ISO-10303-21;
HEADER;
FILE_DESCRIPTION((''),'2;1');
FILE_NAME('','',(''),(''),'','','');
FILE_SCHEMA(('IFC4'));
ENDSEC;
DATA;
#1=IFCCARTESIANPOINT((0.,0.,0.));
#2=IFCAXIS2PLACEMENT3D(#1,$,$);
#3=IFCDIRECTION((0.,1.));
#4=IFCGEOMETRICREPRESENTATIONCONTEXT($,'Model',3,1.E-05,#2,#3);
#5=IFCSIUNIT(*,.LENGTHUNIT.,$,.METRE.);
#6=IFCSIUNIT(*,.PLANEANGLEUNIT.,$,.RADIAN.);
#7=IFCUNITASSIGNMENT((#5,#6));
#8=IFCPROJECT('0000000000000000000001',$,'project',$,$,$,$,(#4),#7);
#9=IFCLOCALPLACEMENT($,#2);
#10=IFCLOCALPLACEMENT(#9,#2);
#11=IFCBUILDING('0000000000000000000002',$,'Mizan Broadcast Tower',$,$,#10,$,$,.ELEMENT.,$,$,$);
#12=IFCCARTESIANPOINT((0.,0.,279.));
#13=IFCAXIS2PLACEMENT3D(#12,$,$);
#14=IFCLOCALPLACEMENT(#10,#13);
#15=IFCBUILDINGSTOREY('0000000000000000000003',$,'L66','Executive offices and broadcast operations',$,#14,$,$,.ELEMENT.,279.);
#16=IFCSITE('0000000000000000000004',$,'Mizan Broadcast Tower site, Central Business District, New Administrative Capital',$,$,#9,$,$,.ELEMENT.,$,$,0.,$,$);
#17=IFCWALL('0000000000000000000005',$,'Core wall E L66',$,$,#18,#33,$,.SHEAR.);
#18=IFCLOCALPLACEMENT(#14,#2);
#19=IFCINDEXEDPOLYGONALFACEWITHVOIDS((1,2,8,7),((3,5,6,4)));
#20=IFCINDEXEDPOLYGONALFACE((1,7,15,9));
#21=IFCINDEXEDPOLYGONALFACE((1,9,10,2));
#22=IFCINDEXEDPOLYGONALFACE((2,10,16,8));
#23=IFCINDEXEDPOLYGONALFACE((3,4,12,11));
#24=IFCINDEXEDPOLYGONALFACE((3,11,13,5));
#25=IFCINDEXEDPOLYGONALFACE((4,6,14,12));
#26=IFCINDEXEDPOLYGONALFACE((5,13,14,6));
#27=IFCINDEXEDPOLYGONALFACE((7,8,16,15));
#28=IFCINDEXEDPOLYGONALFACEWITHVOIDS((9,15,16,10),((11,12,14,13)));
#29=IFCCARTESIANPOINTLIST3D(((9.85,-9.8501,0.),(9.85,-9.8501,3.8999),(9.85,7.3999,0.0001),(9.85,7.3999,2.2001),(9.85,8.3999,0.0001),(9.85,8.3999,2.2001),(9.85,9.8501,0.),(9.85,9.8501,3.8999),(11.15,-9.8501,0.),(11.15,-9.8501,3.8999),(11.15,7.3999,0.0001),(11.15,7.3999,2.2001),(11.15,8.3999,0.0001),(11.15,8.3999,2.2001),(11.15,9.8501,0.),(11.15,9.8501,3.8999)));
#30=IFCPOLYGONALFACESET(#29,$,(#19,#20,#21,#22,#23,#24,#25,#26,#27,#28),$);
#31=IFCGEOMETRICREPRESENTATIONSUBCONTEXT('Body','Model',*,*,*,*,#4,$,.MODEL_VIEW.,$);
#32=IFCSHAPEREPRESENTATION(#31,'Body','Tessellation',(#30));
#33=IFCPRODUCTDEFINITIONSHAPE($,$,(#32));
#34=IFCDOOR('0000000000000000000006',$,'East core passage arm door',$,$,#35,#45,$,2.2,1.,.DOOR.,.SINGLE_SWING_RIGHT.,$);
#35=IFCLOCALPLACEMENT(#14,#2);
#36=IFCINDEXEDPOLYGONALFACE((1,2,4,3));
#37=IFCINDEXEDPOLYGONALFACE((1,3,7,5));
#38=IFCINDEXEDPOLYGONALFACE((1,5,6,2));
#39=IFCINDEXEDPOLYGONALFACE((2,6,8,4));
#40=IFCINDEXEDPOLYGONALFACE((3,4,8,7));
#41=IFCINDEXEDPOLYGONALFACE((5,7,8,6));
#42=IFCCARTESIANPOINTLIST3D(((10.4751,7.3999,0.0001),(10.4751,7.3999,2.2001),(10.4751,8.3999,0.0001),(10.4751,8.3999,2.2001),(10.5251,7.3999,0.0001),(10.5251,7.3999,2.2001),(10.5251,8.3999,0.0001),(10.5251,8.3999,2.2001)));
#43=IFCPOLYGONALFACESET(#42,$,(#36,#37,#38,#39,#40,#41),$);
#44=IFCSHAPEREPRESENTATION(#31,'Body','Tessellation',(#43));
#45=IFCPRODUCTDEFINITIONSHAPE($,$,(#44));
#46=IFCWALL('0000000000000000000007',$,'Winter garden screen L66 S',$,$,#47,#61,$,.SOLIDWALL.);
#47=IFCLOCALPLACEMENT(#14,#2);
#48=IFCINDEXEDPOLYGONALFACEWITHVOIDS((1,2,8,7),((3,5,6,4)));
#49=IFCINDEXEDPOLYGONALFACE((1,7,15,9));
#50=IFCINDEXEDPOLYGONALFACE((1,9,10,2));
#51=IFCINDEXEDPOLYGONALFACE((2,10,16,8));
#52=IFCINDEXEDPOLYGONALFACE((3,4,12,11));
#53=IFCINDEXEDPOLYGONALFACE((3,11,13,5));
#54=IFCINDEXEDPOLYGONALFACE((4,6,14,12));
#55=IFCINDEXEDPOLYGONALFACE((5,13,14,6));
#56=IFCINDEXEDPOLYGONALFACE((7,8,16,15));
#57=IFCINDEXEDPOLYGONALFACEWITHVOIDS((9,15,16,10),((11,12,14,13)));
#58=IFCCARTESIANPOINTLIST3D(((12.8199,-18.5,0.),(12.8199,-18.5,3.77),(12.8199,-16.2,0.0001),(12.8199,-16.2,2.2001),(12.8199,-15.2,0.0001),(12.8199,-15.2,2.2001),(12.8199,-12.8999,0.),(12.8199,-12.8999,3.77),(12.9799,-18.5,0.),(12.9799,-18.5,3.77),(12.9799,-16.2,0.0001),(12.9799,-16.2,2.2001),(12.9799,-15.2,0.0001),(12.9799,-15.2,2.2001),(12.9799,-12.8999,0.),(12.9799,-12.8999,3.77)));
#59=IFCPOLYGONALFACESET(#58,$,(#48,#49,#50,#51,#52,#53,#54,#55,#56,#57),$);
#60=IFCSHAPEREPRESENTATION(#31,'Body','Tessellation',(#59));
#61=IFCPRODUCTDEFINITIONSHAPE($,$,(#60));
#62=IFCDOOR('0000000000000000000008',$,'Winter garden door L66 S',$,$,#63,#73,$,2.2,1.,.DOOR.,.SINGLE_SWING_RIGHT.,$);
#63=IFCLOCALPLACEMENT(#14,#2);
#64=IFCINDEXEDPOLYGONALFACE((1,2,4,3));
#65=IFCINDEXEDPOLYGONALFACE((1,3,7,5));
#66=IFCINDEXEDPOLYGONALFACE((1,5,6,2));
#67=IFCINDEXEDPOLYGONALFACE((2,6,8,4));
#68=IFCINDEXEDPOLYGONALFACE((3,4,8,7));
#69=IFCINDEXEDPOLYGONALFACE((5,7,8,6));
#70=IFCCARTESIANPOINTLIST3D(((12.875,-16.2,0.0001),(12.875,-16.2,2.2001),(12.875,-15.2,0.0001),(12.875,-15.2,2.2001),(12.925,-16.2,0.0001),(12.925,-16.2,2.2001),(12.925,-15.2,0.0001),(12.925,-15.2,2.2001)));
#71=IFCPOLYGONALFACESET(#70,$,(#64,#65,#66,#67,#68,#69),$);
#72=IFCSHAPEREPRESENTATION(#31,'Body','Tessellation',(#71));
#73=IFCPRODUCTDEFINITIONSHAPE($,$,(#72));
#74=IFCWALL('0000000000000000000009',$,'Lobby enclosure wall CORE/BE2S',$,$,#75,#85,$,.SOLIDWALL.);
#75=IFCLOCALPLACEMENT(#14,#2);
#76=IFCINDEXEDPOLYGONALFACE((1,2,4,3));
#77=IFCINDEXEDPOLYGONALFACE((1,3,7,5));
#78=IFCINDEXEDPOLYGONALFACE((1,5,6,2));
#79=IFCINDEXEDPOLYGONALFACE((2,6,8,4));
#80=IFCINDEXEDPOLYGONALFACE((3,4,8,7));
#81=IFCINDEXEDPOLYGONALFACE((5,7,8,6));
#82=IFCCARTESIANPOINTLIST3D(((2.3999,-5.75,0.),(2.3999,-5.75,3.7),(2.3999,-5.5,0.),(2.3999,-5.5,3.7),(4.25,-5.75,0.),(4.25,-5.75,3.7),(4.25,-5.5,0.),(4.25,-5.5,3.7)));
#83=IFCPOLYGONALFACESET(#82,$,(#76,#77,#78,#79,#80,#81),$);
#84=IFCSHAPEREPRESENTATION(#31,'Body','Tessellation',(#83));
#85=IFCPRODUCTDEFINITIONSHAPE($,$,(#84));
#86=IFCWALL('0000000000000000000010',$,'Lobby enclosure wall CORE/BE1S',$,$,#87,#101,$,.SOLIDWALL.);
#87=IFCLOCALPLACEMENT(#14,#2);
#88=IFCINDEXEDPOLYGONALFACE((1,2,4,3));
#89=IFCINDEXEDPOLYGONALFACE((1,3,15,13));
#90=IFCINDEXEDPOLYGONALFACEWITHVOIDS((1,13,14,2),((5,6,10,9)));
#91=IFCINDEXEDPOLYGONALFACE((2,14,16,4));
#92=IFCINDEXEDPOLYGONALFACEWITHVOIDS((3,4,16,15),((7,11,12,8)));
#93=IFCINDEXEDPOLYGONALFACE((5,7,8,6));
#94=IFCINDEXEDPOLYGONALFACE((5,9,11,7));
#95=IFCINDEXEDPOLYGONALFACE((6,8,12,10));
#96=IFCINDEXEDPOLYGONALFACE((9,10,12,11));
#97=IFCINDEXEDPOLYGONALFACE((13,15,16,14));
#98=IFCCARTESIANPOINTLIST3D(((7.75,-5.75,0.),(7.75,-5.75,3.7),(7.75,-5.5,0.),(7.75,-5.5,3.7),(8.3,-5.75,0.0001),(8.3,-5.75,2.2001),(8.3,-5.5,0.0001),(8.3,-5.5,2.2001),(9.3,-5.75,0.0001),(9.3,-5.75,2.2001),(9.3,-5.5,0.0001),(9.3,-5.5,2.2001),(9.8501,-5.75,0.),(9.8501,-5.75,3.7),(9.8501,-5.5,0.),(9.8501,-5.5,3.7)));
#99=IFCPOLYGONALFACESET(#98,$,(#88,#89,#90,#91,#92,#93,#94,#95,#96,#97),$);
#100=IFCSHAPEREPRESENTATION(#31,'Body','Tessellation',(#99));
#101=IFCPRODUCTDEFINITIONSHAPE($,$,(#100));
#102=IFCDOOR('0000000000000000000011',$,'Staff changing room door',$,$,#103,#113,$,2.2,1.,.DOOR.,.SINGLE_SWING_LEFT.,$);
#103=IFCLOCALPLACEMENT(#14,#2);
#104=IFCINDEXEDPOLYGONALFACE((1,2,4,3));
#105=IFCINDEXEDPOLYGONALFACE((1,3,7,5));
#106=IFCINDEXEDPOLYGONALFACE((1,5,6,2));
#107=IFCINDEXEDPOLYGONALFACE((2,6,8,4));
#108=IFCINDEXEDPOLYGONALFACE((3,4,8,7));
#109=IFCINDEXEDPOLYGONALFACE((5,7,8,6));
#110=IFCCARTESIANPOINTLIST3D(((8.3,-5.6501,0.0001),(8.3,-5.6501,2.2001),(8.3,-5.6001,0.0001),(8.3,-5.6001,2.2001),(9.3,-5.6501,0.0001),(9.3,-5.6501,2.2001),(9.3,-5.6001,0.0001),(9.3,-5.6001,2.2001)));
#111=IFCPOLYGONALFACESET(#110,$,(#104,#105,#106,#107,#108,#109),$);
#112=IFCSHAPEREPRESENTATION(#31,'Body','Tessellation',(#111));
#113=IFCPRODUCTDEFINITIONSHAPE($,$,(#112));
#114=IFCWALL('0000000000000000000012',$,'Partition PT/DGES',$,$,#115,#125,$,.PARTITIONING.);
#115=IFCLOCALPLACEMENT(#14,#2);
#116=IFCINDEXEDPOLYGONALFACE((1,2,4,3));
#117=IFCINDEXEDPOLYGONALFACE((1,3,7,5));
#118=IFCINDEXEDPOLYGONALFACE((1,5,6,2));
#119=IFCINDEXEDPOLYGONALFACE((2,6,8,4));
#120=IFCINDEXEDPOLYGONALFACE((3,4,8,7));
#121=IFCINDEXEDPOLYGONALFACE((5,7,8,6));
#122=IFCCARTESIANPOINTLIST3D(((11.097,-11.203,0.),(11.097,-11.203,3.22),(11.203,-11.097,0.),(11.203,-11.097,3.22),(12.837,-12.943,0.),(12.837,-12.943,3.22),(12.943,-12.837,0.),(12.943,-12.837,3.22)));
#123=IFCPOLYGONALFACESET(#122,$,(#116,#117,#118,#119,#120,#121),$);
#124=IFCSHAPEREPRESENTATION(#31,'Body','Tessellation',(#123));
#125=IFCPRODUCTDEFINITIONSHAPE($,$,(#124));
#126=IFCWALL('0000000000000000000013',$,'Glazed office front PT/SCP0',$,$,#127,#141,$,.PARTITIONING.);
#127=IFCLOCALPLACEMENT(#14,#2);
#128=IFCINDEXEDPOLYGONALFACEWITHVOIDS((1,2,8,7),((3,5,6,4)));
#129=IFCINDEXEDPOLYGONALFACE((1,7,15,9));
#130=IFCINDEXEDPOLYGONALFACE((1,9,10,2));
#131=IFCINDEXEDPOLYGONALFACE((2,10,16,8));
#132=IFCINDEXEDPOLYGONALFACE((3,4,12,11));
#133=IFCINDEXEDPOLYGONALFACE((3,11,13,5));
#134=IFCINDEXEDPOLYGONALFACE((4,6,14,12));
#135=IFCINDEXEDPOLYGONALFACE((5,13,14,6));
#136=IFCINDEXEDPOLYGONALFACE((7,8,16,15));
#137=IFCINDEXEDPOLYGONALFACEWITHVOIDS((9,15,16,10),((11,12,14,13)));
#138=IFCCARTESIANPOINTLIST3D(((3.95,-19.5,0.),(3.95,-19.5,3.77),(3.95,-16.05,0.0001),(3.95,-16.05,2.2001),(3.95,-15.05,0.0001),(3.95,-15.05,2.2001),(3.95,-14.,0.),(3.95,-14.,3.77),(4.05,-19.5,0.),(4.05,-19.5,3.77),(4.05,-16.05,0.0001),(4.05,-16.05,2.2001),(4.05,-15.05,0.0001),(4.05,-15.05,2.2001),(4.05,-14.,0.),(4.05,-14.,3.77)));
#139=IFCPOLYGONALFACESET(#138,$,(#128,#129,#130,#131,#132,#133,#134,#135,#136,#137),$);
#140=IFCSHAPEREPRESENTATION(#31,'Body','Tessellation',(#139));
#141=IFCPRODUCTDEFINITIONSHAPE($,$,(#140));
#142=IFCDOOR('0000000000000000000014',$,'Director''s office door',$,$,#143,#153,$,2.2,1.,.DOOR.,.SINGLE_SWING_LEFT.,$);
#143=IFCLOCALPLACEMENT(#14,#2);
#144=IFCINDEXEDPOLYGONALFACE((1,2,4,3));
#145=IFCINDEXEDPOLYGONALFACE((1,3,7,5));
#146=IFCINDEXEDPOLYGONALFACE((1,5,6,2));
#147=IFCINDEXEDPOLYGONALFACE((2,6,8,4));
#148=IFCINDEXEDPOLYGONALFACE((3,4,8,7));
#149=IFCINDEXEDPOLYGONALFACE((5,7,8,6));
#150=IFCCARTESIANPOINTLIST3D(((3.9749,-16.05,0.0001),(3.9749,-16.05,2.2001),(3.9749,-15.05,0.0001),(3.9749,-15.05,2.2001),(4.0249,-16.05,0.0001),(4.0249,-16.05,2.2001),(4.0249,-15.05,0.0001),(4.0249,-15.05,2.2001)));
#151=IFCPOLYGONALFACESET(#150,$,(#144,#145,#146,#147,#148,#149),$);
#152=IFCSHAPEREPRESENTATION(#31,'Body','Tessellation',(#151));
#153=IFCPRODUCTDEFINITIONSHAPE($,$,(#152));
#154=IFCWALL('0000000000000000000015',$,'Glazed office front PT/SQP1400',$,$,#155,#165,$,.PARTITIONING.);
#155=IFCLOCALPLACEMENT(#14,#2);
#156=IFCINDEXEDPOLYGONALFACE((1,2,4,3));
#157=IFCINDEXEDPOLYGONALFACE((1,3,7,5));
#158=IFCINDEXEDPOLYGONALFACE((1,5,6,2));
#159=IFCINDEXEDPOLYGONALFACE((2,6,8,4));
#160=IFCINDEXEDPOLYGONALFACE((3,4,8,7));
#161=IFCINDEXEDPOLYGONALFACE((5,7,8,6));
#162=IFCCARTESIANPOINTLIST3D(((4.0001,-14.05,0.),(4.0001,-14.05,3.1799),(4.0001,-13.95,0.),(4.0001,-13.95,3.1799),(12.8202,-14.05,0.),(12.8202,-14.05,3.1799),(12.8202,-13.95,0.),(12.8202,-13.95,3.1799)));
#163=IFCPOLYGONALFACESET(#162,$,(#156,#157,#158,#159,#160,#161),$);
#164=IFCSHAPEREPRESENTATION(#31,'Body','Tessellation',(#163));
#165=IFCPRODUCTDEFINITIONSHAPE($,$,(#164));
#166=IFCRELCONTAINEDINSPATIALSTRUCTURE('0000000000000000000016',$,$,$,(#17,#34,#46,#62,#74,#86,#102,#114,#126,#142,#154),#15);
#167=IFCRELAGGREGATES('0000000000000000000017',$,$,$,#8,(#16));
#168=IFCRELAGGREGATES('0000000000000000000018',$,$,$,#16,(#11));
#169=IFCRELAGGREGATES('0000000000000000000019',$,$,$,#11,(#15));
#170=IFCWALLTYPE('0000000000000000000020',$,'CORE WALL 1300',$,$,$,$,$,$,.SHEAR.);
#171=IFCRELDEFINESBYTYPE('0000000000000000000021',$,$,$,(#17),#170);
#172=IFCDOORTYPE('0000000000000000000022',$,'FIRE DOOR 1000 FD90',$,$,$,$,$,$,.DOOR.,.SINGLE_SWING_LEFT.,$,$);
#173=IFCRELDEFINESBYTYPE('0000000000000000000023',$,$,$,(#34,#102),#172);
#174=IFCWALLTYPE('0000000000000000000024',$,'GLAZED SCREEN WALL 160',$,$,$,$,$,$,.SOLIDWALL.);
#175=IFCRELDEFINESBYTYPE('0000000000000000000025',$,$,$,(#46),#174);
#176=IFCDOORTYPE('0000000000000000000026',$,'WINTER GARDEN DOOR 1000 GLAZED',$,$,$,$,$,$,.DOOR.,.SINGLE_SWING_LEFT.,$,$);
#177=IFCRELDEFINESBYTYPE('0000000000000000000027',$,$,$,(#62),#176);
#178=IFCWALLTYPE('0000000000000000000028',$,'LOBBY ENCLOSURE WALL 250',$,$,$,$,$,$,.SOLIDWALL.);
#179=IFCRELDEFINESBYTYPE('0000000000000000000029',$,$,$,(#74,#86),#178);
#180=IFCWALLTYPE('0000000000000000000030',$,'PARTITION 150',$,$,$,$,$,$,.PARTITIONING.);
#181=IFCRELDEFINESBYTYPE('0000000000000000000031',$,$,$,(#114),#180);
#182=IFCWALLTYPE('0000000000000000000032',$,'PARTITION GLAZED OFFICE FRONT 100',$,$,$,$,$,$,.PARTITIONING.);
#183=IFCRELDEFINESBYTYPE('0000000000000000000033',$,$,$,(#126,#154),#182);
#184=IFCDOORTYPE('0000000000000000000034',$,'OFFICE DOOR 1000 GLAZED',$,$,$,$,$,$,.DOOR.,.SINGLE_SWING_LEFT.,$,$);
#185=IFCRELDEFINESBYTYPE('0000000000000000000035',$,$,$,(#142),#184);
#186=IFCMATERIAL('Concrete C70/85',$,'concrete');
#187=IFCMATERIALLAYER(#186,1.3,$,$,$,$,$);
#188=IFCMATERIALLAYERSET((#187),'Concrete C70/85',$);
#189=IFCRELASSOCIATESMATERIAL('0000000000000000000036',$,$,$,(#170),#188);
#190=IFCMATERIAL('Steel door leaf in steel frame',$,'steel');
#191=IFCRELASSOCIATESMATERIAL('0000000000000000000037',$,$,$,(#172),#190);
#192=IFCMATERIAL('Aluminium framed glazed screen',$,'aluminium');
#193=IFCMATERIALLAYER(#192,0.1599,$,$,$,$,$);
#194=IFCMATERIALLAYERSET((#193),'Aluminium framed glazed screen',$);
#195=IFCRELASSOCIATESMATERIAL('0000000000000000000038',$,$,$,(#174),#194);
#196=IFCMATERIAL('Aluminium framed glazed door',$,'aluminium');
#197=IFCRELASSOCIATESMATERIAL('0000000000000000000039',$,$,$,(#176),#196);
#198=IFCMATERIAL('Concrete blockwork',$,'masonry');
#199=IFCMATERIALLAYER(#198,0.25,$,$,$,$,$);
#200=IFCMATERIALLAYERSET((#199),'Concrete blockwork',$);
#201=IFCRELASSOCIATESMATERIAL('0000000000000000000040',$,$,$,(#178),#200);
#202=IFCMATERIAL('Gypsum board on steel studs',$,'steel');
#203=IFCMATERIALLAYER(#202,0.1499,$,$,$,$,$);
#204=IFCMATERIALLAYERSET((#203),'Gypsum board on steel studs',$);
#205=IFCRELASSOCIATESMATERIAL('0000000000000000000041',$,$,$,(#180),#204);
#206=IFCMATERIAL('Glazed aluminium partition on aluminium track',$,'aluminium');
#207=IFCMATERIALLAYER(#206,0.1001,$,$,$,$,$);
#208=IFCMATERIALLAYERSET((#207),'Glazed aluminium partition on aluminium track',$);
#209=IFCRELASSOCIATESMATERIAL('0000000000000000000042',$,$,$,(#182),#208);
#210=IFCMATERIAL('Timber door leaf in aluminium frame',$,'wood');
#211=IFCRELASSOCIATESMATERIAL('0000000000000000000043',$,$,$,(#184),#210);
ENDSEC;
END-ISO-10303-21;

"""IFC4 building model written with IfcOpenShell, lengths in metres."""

from ifc_helpers import new_model, si_unit, direction, frame, frame_2d, origin, place, context, subcontext, project, spatial, rectangle, extrude, material, layer, layer_set, type_object, element, fill, save


model = new_model("IFC4")

# Units and contexts
model_context = context("Model", 3, precision=1e-05, world=origin(), true_north=direction((0.0, 1.0)))
body_context = subcontext(model_context, "Body", "Model", "MODEL_VIEW")
ifc_project = project(units=[si_unit("LENGTHUNIT", "METRE"), si_unit("PLANEANGLEUNIT", "RADIAN")], contexts=[model_context])

# Site, building, storey
site_placement = place(None, origin())
site = spatial("IfcSite", under=ifc_project, at=site_placement, Name="Mizan Broadcast Tower site, Central Business District, New Administrative Capital", CompositionType="ELEMENT", RefElevation=0.0)
building_placement = place(site_placement, origin())
building = spatial("IfcBuilding", under=site, at=building_placement, Name="Mizan Broadcast Tower", CompositionType="ELEMENT")
storey_placement = place(building_placement, frame((0.0, 0.0, 279.0)))
storey = spatial("IfcBuildingStorey", under=building, at=storey_placement, Name="L66", Description="Executive offices and broadcast operations", CompositionType="ELEMENT", Elevation=279.0)

# Shared definitions
ifc_material_1 = material(Name="Concrete C70/85", Category="concrete")
ifc_layer_1 = layer(ifc_material_1, 1.3)
ifc_layer_set_1 = layer_set([ifc_layer_1], Name="Concrete C70/85")
wall_type_1 = type_object("IfcWallType", Name="CORE WALL 1300", PredefinedType="SHEAR", material=ifc_layer_set_1)

# Walls, openings, doors
wall_1_placement = place(storey_placement, frame((10.5, -9.8501, 0.0), z_axis=(0.0, 0.0, 1.0), x_axis=(0.0, 1.0, 0.0)))
wall_1 = element("IfcWall", 1, at=wall_1_placement, inside=storey, type_object=wall_type_1, Name="Core wall E L66", PredefinedType="SHEAR", context=body_context, shape_type="SweptSolid", body=[
    extrude(rectangle(XDim=19.7002, YDim=1.3, at=frame_2d((9.8501, 0.0))), origin(), (0.0, 0.0, 1.0), 3.8999),
])
opening_1_placement = place(wall_1_placement, frame((17.25, 0.0, 0.0)))
opening_1 = element("IfcOpeningElement", 2, at=opening_1_placement, cuts=wall_1, PredefinedType="OPENING", context=body_context, shape_type="SweptSolid", body=[
    extrude(rectangle(XDim=1.0, YDim=2.2, at=frame_2d((0.5, 1.1001))), frame((0.0, 0.6599, 0.0), z_axis=(0.0, -1.0, 0.0), x_axis=(1.0, 0.0, 0.0)), (0.0, 0.0, 1.0), 1.3201),
])
ifc_material_2 = material(Name="Steel door leaf in steel frame", Category="steel")
door_type_1 = type_object("IfcDoorType", Name="FIRE DOOR 1000 FD90", OperationType="SINGLE_SWING_LEFT", PredefinedType="DOOR", material=ifc_material_2)
door_1_placement = place(opening_1_placement, origin())
door_1 = element("IfcDoor", 3, at=door_1_placement, inside=storey, type_object=door_type_1, Name="East core passage arm door", OperationType="SINGLE_SWING_RIGHT", OverallHeight=2.2, OverallWidth=1.0, PredefinedType="DOOR", context=body_context, shape_type="SweptSolid", body=[
    extrude(rectangle(XDim=1.0, YDim=2.2, at=frame_2d((0.5, 1.1001))), frame((0.0, 0.0249, 0.0), z_axis=(0.0, -1.0, 0.0), x_axis=(1.0, 0.0, 0.0)), (0.0, 0.0, 1.0), 0.05),
])
fill(opening_1, door_1)
ifc_material_3 = material(Name="Aluminium framed glazed screen", Category="aluminium")
ifc_layer_2 = layer(ifc_material_3, 0.1599)
ifc_layer_set_2 = layer_set([ifc_layer_2], Name="Aluminium framed glazed screen")
wall_type_2 = type_object("IfcWallType", Name="GLAZED SCREEN WALL 160", PredefinedType="SOLIDWALL", material=ifc_layer_set_2)
wall_2_placement = place(storey_placement, frame((12.8999, -18.5, 0.0), z_axis=(0.0, 0.0, 1.0), x_axis=(0.0, 1.0, 0.0)))
wall_2 = element("IfcWall", 4, at=wall_2_placement, inside=storey, type_object=wall_type_2, Name="Winter garden screen L66 S", PredefinedType="SOLIDWALL", context=body_context, shape_type="SweptSolid", body=[
    extrude(rectangle(XDim=5.6001, YDim=0.1599, at=frame_2d((2.8, 0.0))), origin(), (0.0, 0.0, 1.0), 3.77),
])
opening_2_placement = place(wall_2_placement, frame((2.3, 0.0, 0.0)))
opening_2 = element("IfcOpeningElement", 5, at=opening_2_placement, cuts=wall_2, PredefinedType="OPENING", context=body_context, shape_type="SweptSolid", body=[
    extrude(rectangle(XDim=1.0, YDim=2.2, at=frame_2d((0.5, 1.1001))), frame((0.0, 0.0898, 0.0), z_axis=(0.0, -1.0, 0.0), x_axis=(1.0, 0.0, 0.0)), (0.0, 0.0, 1.0), 0.1799),
])
ifc_material_4 = material(Name="Aluminium framed glazed door", Category="aluminium")
door_type_2 = type_object("IfcDoorType", Name="WINTER GARDEN DOOR 1000 GLAZED", OperationType="SINGLE_SWING_LEFT", PredefinedType="DOOR", material=ifc_material_4)
door_2_placement = place(opening_2_placement, origin())
door_2 = element("IfcDoor", 6, at=door_2_placement, inside=storey, type_object=door_type_2, Name="Winter garden door L66 S", OperationType="SINGLE_SWING_RIGHT", OverallHeight=2.2, OverallWidth=1.0, PredefinedType="DOOR", context=body_context, shape_type="SweptSolid", body=[
    extrude(rectangle(XDim=1.0, YDim=2.2, at=frame_2d((0.5, 1.1001))), frame((0.0, 0.0249, 0.0), z_axis=(0.0, -1.0, 0.0), x_axis=(1.0, 0.0, 0.0)), (0.0, 0.0, 1.0), 0.05),
])
fill(opening_2, door_2)

# Wall
ifc_material_5 = material(Name="Concrete blockwork", Category="masonry")
ifc_layer_3 = layer(ifc_material_5, 0.25)
ifc_layer_set_3 = layer_set([ifc_layer_3], Name="Concrete blockwork")
wall_type_3 = type_object("IfcWallType", Name="LOBBY ENCLOSURE WALL 250", PredefinedType="SOLIDWALL", material=ifc_layer_set_3)
wall_3_placement = place(storey_placement, frame((2.3999, -5.625, 0.0), z_axis=(0.0, 0.0, 1.0), x_axis=(1.0, 0.0, 0.0)))
element("IfcWall", 7, at=wall_3_placement, inside=storey, type_object=wall_type_3, Name="Lobby enclosure wall CORE/BE2S", PredefinedType="SOLIDWALL", context=body_context, shape_type="SweptSolid", body=[
    extrude(rectangle(XDim=1.8501, YDim=0.25, at=frame_2d((0.925, 0.0))), origin(), (0.0, 0.0, 1.0), 3.7),
])

# Wall, opening, door
wall_4_placement = place(storey_placement, frame((7.75, -5.625, 0.0), z_axis=(0.0, 0.0, 1.0), x_axis=(1.0, 0.0, 0.0)))
wall_4 = element("IfcWall", 8, at=wall_4_placement, inside=storey, type_object=wall_type_3, Name="Lobby enclosure wall CORE/BE1S", PredefinedType="SOLIDWALL", context=body_context, shape_type="SweptSolid", body=[
    extrude(rectangle(XDim=2.1001, YDim=0.25, at=frame_2d((1.05, 0.0))), origin(), (0.0, 0.0, 1.0), 3.7),
])
opening_3_placement = place(wall_4_placement, frame((0.55, 0.0, 0.0)))
opening_3 = element("IfcOpeningElement", 9, at=opening_3_placement, cuts=wall_4, PredefinedType="OPENING", context=body_context, shape_type="SweptSolid", body=[
    extrude(rectangle(XDim=1.0, YDim=2.2, at=frame_2d((0.5, 1.1001))), frame((0.0, 0.135, 0.0), z_axis=(0.0, -1.0, 0.0), x_axis=(1.0, 0.0, 0.0)), (0.0, 0.0, 1.0), 0.27),
])
door_3_placement = place(opening_3_placement, origin())
door_3 = element("IfcDoor", 10, at=door_3_placement, inside=storey, type_object=door_type_1, Name="Staff changing room door", OperationType="SINGLE_SWING_LEFT", OverallHeight=2.2, OverallWidth=1.0, PredefinedType="DOOR", context=body_context, shape_type="SweptSolid", body=[
    extrude(rectangle(XDim=1.0, YDim=2.2, at=frame_2d((0.5, 1.1001))), frame((0.0, 0.0249, 0.0), z_axis=(0.0, -1.0, 0.0), x_axis=(1.0, 0.0, 0.0)), (0.0, 0.0, 1.0), 0.05),
])
fill(opening_3, door_3)

# Wall
ifc_material_6 = material(Name="Gypsum board on steel studs", Category="steel")
ifc_layer_4 = layer(ifc_material_6, 0.1499)
ifc_layer_set_4 = layer_set([ifc_layer_4], Name="Gypsum board on steel studs")
wall_type_4 = type_object("IfcWallType", Name="PARTITION 150", PredefinedType="PARTITIONING", material=ifc_layer_set_4)
wall_5_placement = place(storey_placement, frame((11.1499, -11.1499, 0.0), z_axis=(0.0, 0.0, 1.0), x_axis=(0.707107, -0.707107, 0.0)))
element("IfcWall", 11, at=wall_5_placement, inside=storey, type_object=wall_type_4, Name="Partition PT/DGES", PredefinedType="PARTITIONING", context=body_context, shape_type="SweptSolid", body=[
    extrude(rectangle(XDim=2.4607, YDim=0.1499, at=frame_2d((1.2305, 0.0))), origin(), (0.0, 0.0, 1.0), 3.22),
])

# Wall, opening, door
ifc_material_7 = material(Name="Glazed aluminium partition on aluminium track", Category="aluminium")
ifc_layer_5 = layer(ifc_material_7, 0.1001)
ifc_layer_set_5 = layer_set([ifc_layer_5], Name="Glazed aluminium partition on aluminium track")
wall_type_5 = type_object("IfcWallType", Name="PARTITION GLAZED OFFICE FRONT 100", PredefinedType="PARTITIONING", material=ifc_layer_set_5)
wall_6_placement = place(storey_placement, frame((4.0, -14.0, 0.0), z_axis=(0.0, 0.0, 1.0), x_axis=(0.0, -1.0, 0.0)))
wall_6 = element("IfcWall", 12, at=wall_6_placement, inside=storey, type_object=wall_type_5, Name="Glazed office front PT/SCP0", PredefinedType="PARTITIONING", context=body_context, shape_type="SweptSolid", body=[
    extrude(rectangle(XDim=5.5, YDim=0.1001, at=frame_2d((2.75, 0.0))), origin(), (0.0, 0.0, 1.0), 3.77),
])
opening_4_placement = place(wall_6_placement, frame((1.05, 0.0, 0.0)))
opening_4 = element("IfcOpeningElement", 13, at=opening_4_placement, cuts=wall_6, PredefinedType="OPENING", context=body_context, shape_type="SweptSolid", body=[
    extrude(rectangle(XDim=1.0, YDim=2.2, at=frame_2d((0.5, 1.1001))), frame((0.0, 0.0601, 0.0), z_axis=(0.0, -1.0, 0.0), x_axis=(1.0, 0.0, 0.0)), (0.0, 0.0, 1.0), 0.1201),
])
ifc_material_8 = material(Name="Timber door leaf in aluminium frame", Category="wood")
door_type_3 = type_object("IfcDoorType", Name="OFFICE DOOR 1000 GLAZED", OperationType="SINGLE_SWING_LEFT", PredefinedType="DOOR", material=ifc_material_8)
door_4_placement = place(opening_4_placement, origin())
door_4 = element("IfcDoor", 14, at=door_4_placement, inside=storey, type_object=door_type_3, Name="Director's office door", OperationType="SINGLE_SWING_LEFT", OverallHeight=2.2, OverallWidth=1.0, PredefinedType="DOOR", context=body_context, shape_type="SweptSolid", body=[
    extrude(rectangle(XDim=1.0, YDim=2.2, at=frame_2d((0.5, 1.1001))), frame((0.0, 0.0249, 0.0), z_axis=(0.0, -1.0, 0.0), x_axis=(1.0, 0.0, 0.0)), (0.0, 0.0, 1.0), 0.05),
])
fill(opening_4, door_4)

# Wall
wall_7_placement = place(storey_placement, frame((4.0, -14.0, 0.0), z_axis=(0.0, 0.0, 1.0), x_axis=(1.0, 0.0, 0.0)))
element("IfcWall", 15, at=wall_7_placement, inside=storey, type_object=wall_type_5, Name="Glazed office front PT/SQP1400", PredefinedType="PARTITIONING", context=body_context, shape_type="SweptSolid", body=[
    extrude(rectangle(XDim=8.8201, YDim=0.1001, at=frame_2d((4.4102, 0.0))), origin(), (0.0, 0.0, 1.0), 3.1799),
])

save(model, "model.ifc")
